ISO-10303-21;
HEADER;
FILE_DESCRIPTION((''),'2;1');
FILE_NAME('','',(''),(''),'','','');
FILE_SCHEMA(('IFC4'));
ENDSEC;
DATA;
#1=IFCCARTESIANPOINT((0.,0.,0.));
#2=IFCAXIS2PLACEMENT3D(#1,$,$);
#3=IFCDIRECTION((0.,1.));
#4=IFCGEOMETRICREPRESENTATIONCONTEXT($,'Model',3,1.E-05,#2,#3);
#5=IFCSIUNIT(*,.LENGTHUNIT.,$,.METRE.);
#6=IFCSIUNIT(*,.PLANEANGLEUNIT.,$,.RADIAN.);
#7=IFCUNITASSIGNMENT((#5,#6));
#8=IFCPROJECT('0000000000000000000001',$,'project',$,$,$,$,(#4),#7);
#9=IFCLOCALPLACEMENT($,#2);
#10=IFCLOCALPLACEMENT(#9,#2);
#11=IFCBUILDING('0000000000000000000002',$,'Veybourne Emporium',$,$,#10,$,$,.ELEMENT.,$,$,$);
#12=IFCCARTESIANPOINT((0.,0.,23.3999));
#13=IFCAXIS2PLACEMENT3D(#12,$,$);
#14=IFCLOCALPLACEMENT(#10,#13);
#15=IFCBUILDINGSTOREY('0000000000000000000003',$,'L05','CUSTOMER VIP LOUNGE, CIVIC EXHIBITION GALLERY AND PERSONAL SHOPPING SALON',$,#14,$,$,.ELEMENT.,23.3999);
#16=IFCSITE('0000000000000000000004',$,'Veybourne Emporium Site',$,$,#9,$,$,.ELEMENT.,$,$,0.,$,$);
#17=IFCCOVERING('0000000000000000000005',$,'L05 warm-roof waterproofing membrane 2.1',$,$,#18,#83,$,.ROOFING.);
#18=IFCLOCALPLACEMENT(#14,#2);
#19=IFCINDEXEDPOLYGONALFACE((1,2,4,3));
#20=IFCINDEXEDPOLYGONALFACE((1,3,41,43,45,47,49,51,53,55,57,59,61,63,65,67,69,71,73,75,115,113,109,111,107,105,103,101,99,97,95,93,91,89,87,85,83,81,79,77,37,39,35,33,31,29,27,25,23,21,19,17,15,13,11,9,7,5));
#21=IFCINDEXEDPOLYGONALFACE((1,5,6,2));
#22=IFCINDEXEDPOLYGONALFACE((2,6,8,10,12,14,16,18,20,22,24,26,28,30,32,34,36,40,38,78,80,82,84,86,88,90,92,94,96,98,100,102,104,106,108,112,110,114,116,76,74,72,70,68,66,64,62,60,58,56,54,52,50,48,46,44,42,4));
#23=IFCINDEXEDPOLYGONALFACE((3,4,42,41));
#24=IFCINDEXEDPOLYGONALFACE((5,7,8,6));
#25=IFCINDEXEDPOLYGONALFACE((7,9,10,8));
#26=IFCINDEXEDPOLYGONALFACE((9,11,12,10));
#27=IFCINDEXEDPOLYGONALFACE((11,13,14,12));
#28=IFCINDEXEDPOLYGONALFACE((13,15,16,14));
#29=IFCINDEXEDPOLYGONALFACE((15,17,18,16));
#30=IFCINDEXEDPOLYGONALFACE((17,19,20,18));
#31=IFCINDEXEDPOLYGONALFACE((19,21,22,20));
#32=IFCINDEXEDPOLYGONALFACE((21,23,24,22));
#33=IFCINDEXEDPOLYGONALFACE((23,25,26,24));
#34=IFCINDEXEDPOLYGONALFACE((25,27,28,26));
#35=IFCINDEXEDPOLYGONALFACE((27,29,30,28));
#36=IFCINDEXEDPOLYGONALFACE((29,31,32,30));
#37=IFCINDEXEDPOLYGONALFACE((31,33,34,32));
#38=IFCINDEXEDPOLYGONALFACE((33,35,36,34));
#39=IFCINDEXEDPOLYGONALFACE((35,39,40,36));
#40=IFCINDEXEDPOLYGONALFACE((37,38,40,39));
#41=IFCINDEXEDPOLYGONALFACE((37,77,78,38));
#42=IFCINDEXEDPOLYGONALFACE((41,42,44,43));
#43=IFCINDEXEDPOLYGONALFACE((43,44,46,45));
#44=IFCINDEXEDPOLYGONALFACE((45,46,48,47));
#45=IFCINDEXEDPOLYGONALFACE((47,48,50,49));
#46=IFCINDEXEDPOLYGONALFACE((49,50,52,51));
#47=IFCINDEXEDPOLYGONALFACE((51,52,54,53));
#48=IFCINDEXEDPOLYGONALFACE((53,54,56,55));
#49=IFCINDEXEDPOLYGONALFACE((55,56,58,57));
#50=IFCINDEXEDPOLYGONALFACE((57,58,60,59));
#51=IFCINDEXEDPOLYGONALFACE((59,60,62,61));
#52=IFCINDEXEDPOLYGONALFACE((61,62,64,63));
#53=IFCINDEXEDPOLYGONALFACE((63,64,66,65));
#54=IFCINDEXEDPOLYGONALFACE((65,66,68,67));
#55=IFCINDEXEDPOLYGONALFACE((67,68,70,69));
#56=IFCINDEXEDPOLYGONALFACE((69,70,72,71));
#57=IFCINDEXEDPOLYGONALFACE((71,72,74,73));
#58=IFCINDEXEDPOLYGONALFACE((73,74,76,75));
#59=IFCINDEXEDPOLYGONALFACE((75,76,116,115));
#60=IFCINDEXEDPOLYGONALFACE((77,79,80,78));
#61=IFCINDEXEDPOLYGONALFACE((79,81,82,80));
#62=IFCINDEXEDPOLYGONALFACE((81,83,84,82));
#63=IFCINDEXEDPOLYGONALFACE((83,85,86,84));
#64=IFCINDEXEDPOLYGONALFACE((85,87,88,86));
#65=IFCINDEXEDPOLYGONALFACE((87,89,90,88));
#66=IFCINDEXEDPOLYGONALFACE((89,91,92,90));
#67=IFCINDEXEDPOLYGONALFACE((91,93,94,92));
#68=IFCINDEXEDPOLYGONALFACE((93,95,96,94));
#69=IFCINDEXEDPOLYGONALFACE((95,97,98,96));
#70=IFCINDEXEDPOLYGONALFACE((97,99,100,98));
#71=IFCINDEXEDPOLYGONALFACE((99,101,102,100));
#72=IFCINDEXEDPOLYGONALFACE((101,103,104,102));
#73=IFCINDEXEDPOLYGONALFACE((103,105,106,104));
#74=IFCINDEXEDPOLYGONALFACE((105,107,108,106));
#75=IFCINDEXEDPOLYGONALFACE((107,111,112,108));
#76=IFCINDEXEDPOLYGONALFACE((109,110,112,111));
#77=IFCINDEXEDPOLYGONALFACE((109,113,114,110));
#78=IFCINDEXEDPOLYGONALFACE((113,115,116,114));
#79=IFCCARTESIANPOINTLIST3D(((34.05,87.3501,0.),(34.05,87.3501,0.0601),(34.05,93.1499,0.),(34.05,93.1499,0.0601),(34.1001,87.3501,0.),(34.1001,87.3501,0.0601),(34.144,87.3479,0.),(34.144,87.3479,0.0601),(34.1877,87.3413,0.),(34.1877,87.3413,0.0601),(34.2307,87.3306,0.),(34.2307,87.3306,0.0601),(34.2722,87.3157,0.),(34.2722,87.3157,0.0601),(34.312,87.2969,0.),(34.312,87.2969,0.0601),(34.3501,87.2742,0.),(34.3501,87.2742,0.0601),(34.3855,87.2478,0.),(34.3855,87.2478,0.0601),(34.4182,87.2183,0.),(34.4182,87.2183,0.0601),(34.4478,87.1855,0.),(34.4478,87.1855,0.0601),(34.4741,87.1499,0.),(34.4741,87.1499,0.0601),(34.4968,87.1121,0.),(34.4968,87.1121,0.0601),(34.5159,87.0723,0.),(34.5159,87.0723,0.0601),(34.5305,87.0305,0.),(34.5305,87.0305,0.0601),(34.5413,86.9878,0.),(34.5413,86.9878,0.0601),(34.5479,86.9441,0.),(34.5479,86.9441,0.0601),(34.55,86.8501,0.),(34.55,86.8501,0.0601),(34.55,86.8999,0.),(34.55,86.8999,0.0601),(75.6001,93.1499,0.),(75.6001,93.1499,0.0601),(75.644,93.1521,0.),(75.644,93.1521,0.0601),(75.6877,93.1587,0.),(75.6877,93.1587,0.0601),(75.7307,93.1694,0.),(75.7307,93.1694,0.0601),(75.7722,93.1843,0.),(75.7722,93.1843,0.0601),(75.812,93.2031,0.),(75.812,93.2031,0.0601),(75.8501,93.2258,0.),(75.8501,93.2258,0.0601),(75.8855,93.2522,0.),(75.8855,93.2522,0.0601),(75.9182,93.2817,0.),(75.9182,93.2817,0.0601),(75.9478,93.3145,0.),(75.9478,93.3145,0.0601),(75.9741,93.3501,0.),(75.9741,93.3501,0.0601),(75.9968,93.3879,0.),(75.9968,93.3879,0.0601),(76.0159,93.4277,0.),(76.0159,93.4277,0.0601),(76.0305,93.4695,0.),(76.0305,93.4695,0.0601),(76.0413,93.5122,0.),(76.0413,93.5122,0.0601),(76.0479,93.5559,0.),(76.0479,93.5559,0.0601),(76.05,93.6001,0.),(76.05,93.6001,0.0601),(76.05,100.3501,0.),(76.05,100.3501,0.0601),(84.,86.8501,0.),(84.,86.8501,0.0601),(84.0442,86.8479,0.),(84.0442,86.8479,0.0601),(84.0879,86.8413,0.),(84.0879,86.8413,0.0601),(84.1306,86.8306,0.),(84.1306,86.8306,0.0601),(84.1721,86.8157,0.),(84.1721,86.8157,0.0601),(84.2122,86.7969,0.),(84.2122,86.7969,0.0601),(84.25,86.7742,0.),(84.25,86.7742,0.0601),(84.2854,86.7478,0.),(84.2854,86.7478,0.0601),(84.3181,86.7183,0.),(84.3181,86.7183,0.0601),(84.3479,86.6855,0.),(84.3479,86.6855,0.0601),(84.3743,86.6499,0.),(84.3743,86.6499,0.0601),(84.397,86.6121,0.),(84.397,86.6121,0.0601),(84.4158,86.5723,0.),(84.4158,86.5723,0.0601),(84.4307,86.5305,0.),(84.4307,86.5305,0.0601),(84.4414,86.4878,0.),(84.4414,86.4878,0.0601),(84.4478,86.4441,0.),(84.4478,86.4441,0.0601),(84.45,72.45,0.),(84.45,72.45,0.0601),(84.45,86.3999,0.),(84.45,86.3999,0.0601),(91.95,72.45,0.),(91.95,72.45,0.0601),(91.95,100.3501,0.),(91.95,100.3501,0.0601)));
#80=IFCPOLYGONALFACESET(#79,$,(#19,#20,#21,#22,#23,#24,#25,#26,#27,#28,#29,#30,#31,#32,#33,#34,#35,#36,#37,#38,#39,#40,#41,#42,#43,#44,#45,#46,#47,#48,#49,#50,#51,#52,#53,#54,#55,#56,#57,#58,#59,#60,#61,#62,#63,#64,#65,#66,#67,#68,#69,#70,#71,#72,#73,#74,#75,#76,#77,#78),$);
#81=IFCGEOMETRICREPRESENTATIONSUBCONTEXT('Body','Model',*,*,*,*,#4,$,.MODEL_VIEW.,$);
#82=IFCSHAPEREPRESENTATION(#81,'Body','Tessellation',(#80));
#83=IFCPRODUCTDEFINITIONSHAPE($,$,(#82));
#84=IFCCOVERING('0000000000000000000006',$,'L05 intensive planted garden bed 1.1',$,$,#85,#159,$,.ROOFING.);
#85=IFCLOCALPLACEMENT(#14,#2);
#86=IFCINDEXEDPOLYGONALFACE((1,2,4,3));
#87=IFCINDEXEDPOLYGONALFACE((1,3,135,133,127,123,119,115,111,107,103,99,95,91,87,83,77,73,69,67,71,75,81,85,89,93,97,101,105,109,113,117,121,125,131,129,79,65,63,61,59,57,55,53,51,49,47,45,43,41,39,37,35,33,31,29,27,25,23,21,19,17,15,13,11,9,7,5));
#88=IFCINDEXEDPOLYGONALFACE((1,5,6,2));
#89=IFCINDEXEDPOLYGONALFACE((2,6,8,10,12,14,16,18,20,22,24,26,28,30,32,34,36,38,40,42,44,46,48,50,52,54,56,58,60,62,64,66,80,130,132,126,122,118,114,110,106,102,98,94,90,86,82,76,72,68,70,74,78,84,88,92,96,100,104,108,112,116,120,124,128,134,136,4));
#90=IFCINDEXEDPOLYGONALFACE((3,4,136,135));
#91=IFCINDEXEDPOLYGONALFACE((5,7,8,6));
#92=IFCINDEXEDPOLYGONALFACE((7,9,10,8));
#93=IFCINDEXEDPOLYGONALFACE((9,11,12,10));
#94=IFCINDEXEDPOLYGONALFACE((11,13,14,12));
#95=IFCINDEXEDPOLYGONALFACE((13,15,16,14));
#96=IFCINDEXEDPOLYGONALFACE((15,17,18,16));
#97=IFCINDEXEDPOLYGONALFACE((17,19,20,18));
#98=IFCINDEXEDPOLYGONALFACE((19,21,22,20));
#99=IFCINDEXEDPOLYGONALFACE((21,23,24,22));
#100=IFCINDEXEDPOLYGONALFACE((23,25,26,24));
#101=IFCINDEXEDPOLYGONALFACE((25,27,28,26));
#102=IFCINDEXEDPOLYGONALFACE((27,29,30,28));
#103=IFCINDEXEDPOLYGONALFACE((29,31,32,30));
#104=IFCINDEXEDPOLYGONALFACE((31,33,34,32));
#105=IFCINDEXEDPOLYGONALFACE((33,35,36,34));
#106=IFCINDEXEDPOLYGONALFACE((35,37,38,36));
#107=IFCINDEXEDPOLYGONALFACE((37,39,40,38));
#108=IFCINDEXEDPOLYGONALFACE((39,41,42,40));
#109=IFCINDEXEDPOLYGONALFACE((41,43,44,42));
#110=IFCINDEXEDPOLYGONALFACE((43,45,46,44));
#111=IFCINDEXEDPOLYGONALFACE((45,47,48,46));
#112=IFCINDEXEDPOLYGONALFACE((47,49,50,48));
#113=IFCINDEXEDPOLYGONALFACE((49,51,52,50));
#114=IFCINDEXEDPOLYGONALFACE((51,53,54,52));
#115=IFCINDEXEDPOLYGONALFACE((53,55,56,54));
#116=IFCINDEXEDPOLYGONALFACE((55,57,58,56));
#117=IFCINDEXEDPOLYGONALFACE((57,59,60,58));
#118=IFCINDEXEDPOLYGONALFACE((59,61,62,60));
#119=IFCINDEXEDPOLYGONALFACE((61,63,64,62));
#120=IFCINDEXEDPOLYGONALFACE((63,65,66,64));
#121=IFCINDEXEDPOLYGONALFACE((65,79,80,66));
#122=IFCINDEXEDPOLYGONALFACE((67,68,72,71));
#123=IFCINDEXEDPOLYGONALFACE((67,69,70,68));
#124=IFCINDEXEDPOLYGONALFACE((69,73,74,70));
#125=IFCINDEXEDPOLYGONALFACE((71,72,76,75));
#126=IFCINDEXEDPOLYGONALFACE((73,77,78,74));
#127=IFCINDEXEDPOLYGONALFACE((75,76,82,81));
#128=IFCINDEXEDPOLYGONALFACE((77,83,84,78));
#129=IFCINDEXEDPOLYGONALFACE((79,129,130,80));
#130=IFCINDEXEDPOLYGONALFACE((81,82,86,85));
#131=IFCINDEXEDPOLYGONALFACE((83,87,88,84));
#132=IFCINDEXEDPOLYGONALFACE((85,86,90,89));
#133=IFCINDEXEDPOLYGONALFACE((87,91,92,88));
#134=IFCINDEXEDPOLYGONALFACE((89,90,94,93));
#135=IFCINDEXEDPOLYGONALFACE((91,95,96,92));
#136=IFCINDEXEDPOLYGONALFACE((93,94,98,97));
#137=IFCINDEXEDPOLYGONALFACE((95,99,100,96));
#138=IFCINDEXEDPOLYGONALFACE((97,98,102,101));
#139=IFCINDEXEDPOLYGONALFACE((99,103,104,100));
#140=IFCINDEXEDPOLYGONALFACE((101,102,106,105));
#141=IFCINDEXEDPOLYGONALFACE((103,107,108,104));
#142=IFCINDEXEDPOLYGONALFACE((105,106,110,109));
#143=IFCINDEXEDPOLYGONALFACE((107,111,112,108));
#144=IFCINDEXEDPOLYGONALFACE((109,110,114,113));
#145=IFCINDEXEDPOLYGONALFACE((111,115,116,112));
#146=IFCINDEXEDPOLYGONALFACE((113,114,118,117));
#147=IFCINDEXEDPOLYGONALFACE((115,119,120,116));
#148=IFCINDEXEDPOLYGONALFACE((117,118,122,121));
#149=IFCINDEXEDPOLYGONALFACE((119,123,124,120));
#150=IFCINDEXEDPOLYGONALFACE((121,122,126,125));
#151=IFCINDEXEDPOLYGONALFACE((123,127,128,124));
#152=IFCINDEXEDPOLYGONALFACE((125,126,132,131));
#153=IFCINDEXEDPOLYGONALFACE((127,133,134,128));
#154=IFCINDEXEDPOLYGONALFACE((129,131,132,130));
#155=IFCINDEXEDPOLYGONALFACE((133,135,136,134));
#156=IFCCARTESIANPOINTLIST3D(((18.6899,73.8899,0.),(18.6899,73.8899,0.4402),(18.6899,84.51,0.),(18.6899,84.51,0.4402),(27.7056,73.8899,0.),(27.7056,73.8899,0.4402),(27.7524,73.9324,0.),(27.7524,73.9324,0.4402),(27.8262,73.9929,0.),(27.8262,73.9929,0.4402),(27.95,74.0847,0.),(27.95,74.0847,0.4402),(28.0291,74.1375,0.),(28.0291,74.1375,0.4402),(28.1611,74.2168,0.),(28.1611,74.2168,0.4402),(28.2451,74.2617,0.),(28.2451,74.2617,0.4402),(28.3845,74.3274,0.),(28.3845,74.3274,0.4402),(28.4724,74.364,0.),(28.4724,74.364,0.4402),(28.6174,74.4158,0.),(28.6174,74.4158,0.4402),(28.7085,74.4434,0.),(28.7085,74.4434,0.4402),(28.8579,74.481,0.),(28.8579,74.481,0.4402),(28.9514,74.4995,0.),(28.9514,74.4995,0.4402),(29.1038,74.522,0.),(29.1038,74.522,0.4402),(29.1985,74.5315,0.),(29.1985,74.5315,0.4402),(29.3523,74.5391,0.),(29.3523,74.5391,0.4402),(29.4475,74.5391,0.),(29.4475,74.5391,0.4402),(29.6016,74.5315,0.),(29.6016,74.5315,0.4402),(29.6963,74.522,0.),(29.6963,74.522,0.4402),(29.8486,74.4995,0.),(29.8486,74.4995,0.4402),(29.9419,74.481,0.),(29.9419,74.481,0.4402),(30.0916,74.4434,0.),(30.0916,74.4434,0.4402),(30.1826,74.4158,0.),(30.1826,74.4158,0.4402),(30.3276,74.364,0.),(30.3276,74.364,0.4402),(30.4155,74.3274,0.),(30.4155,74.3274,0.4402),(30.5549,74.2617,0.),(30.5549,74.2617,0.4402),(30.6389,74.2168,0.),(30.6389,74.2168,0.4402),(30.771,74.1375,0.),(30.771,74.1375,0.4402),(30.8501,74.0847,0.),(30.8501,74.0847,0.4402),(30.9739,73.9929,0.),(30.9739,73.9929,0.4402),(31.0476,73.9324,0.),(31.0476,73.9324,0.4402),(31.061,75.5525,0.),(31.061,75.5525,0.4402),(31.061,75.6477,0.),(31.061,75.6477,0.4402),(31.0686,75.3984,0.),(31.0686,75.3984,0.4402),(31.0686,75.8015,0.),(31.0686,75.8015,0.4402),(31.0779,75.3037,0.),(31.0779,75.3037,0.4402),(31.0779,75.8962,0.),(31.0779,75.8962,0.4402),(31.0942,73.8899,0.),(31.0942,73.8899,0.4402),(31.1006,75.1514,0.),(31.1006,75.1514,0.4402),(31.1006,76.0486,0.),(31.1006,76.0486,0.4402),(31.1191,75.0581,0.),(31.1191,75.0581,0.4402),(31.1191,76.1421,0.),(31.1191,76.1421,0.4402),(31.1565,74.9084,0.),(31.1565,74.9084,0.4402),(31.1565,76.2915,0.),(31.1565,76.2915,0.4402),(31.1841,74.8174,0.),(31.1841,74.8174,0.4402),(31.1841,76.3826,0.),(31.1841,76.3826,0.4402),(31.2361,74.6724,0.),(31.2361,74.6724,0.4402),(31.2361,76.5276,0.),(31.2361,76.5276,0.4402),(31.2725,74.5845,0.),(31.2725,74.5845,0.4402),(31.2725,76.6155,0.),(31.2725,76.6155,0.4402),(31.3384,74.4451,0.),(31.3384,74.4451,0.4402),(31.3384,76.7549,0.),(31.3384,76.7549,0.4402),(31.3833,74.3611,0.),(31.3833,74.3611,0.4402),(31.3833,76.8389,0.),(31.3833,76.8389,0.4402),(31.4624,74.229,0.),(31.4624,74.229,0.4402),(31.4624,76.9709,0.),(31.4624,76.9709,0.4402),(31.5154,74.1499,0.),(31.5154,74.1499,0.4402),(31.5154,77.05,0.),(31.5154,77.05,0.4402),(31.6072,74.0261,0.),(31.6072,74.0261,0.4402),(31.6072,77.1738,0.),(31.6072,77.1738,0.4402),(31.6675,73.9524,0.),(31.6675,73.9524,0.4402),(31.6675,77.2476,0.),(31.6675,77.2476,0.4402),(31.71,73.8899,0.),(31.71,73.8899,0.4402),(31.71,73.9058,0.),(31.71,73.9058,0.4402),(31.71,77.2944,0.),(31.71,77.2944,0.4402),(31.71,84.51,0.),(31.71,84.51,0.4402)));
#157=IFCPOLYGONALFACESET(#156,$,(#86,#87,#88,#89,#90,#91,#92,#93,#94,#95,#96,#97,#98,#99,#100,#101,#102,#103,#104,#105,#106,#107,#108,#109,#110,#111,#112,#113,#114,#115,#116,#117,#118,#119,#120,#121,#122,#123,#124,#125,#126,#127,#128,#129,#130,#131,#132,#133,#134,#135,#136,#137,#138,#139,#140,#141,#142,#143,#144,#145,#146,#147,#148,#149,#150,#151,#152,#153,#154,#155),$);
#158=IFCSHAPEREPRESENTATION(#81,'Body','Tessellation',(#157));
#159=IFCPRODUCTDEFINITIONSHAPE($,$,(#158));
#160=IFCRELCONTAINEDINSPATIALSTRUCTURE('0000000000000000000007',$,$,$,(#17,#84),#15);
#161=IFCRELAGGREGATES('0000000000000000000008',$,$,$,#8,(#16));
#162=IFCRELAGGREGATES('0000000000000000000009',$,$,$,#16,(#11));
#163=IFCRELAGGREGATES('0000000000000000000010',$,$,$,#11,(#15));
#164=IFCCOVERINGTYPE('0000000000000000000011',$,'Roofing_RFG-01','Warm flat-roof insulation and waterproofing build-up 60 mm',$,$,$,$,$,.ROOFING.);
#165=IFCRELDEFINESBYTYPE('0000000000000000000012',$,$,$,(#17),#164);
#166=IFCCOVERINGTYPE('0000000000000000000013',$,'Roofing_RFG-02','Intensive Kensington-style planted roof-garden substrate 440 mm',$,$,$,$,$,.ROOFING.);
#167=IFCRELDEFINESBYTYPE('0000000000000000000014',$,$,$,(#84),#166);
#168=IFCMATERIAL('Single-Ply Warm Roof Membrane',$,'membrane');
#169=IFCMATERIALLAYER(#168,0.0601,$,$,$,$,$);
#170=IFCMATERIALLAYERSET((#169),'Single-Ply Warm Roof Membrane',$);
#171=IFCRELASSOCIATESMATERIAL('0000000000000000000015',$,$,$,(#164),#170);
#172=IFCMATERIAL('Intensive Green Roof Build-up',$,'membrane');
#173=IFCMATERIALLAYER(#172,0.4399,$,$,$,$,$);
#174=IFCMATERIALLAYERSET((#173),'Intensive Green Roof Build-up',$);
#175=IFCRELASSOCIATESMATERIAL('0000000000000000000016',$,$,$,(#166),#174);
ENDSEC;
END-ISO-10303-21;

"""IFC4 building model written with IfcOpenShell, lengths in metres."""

from ifc_helpers import new_model, si_unit, direction, frame, origin, place, context, subcontext, project, spatial, polyline, outline, extrude, material, layer, layer_set, type_object, element, save


model = new_model("IFC4")

# Units and contexts
model_context = context("Model", 3, precision=1e-05, world=origin(), true_north=direction((0.0, 1.0)))
body_context = subcontext(model_context, "Body", "Model", "MODEL_VIEW")
ifc_project = project(units=[si_unit("LENGTHUNIT", "METRE"), si_unit("PLANEANGLEUNIT", "RADIAN")], contexts=[model_context])

# Site, building, storey
site_placement = place(None, origin())
site = spatial("IfcSite", under=ifc_project, at=site_placement, Name="Veybourne Emporium Site", CompositionType="ELEMENT", RefElevation=0.0)
building_placement = place(site_placement, origin())
building = spatial("IfcBuilding", under=site, at=building_placement, Name="Veybourne Emporium", CompositionType="ELEMENT")
storey_placement = place(building_placement, frame((0.0, 0.0, 23.3999)))
storey = spatial("IfcBuildingStorey", under=building, at=storey_placement, Name="L05", Description="CUSTOMER VIP LOUNGE, CIVIC EXHIBITION GALLERY AND PERSONAL SHOPPING SALON", CompositionType="ELEMENT", Elevation=23.3999)

# Coverings
ifc_material_1 = material(Name="Single-Ply Warm Roof Membrane", Category="membrane")
ifc_layer_1 = layer(ifc_material_1, 0.0601)
ifc_layer_set_1 = layer_set([ifc_layer_1], Name="Single-Ply Warm Roof Membrane")
covering_type_1 = type_object("IfcCoveringType", Name="Roofing_RFG-01", Description="Warm flat-roof insulation and waterproofing build-up 60 mm", PredefinedType="ROOFING", material=ifc_layer_set_1)
covering_1_placement = place(storey_placement, origin())
element("IfcCovering", 1, at=covering_1_placement, inside=storey, type_object=covering_type_1, Name="L05 warm-roof waterproofing membrane 2.1", PredefinedType="ROOFING", context=body_context, shape_type="SweptSolid", body=[
    extrude(outline(polyline([(75.6001, 93.1499), (75.644, 93.1521), (75.6877, 93.1587), (75.7307, 93.1694), (75.7722, 93.1843), (75.812, 93.2031), (75.8501, 93.2258), (75.8855, 93.2522), (75.9182, 93.2817), (75.9478, 93.3145), (75.9741, 93.3501), (75.9968, 93.3879), (76.0159, 93.4277), (76.0305, 93.4695), (76.0413, 93.5122), (76.0479, 93.5559), (76.05, 93.6001), (76.05, 100.3501), (91.95, 100.3501), (91.95, 72.45), (84.45, 72.45), (84.45, 86.3999), (84.4478, 86.4441), (84.4414, 86.4878), (84.4307, 86.5305), (84.4158, 86.5723), (84.397, 86.6121), (84.3743, 86.6499), (84.3479, 86.6855), (84.3181, 86.7183), (84.2854, 86.7478), (84.25, 86.7742), (84.2122, 86.7969), (84.1721, 86.8157), (84.1306, 86.8306), (84.0879, 86.8413), (84.0442, 86.8479), (84.0, 86.8501), (34.55, 86.8501), (34.55, 86.8999), (34.5479, 86.9441), (34.5413, 86.9878), (34.5305, 87.0305), (34.5159, 87.0723), (34.4968, 87.1121), (34.4741, 87.1499), (34.4478, 87.1855), (34.4182, 87.2183), (34.3855, 87.2478), (34.3501, 87.2742), (34.312, 87.2969), (34.2722, 87.3157), (34.2307, 87.3306), (34.1877, 87.3413), (34.144, 87.3479), (34.1001, 87.3501), (34.05, 87.3501), (34.05, 93.1499), (75.6001, 93.1499)])), origin(), (0.0, 0.0, 1.0), 0.0601),
])
ifc_material_2 = material(Name="Intensive Green Roof Build-up", Category="membrane")
ifc_layer_2 = layer(ifc_material_2, 0.4399)
ifc_layer_set_2 = layer_set([ifc_layer_2], Name="Intensive Green Roof Build-up")
covering_type_2 = type_object("IfcCoveringType", Name="Roofing_RFG-02", Description="Intensive Kensington-style planted roof-garden substrate 440 mm", PredefinedType="ROOFING", material=ifc_layer_set_2)
covering_2_placement = place(storey_placement, origin())
element("IfcCovering", 2, at=covering_2_placement, inside=storey, type_object=covering_type_2, Name="L05 intensive planted garden bed 1.1", PredefinedType="ROOFING", context=body_context, shape_type="SweptSolid", body=[
    extrude(outline(polyline([(27.7056, 73.8899), (18.6899, 73.8899), (18.6899, 84.51), (31.71, 84.51), (31.71, 77.2944), (31.6675, 77.2476), (31.6072, 77.1738), (31.5154, 77.05), (31.4624, 76.9709), (31.3833, 76.8389), (31.3384, 76.7549), (31.2725, 76.6155), (31.2361, 76.5276), (31.1841, 76.3826), (31.1565, 76.2915), (31.1191, 76.1421), (31.1006, 76.0486), (31.0779, 75.8962), (31.0686, 75.8015), (31.061, 75.6477), (31.061, 75.5525), (31.0686, 75.3984), (31.0779, 75.3037), (31.1006, 75.1514), (31.1191, 75.0581), (31.1565, 74.9084), (31.1841, 74.8174), (31.2361, 74.6724), (31.2725, 74.5845), (31.3384, 74.4451), (31.3833, 74.3611), (31.4624, 74.229), (31.5154, 74.1499), (31.6072, 74.0261), (31.6675, 73.9524), (31.71, 73.9058), (31.71, 73.8899), (31.0942, 73.8899), (31.0476, 73.9324), (30.9739, 73.9929), (30.8501, 74.0847), (30.771, 74.1375), (30.6389, 74.2168), (30.5549, 74.2617), (30.4155, 74.3274), (30.3276, 74.364), (30.1826, 74.4158), (30.0916, 74.4434), (29.9419, 74.481), (29.8486, 74.4995), (29.6963, 74.522), (29.6016, 74.5315), (29.4475, 74.5391), (29.3523, 74.5391), (29.1985, 74.5315), (29.1038, 74.522), (28.9514, 74.4995), (28.8579, 74.481), (28.7085, 74.4434), (28.6174, 74.4158), (28.4724, 74.364), (28.3845, 74.3274), (28.2451, 74.2617), (28.1611, 74.2168), (28.0291, 74.1375), (27.95, 74.0847), (27.8262, 73.9929), (27.7524, 73.9324), (27.7056, 73.8899)])), origin(), (0.0, 0.0, 1.0), 0.4402),
])

save(model, "model.ifc")
